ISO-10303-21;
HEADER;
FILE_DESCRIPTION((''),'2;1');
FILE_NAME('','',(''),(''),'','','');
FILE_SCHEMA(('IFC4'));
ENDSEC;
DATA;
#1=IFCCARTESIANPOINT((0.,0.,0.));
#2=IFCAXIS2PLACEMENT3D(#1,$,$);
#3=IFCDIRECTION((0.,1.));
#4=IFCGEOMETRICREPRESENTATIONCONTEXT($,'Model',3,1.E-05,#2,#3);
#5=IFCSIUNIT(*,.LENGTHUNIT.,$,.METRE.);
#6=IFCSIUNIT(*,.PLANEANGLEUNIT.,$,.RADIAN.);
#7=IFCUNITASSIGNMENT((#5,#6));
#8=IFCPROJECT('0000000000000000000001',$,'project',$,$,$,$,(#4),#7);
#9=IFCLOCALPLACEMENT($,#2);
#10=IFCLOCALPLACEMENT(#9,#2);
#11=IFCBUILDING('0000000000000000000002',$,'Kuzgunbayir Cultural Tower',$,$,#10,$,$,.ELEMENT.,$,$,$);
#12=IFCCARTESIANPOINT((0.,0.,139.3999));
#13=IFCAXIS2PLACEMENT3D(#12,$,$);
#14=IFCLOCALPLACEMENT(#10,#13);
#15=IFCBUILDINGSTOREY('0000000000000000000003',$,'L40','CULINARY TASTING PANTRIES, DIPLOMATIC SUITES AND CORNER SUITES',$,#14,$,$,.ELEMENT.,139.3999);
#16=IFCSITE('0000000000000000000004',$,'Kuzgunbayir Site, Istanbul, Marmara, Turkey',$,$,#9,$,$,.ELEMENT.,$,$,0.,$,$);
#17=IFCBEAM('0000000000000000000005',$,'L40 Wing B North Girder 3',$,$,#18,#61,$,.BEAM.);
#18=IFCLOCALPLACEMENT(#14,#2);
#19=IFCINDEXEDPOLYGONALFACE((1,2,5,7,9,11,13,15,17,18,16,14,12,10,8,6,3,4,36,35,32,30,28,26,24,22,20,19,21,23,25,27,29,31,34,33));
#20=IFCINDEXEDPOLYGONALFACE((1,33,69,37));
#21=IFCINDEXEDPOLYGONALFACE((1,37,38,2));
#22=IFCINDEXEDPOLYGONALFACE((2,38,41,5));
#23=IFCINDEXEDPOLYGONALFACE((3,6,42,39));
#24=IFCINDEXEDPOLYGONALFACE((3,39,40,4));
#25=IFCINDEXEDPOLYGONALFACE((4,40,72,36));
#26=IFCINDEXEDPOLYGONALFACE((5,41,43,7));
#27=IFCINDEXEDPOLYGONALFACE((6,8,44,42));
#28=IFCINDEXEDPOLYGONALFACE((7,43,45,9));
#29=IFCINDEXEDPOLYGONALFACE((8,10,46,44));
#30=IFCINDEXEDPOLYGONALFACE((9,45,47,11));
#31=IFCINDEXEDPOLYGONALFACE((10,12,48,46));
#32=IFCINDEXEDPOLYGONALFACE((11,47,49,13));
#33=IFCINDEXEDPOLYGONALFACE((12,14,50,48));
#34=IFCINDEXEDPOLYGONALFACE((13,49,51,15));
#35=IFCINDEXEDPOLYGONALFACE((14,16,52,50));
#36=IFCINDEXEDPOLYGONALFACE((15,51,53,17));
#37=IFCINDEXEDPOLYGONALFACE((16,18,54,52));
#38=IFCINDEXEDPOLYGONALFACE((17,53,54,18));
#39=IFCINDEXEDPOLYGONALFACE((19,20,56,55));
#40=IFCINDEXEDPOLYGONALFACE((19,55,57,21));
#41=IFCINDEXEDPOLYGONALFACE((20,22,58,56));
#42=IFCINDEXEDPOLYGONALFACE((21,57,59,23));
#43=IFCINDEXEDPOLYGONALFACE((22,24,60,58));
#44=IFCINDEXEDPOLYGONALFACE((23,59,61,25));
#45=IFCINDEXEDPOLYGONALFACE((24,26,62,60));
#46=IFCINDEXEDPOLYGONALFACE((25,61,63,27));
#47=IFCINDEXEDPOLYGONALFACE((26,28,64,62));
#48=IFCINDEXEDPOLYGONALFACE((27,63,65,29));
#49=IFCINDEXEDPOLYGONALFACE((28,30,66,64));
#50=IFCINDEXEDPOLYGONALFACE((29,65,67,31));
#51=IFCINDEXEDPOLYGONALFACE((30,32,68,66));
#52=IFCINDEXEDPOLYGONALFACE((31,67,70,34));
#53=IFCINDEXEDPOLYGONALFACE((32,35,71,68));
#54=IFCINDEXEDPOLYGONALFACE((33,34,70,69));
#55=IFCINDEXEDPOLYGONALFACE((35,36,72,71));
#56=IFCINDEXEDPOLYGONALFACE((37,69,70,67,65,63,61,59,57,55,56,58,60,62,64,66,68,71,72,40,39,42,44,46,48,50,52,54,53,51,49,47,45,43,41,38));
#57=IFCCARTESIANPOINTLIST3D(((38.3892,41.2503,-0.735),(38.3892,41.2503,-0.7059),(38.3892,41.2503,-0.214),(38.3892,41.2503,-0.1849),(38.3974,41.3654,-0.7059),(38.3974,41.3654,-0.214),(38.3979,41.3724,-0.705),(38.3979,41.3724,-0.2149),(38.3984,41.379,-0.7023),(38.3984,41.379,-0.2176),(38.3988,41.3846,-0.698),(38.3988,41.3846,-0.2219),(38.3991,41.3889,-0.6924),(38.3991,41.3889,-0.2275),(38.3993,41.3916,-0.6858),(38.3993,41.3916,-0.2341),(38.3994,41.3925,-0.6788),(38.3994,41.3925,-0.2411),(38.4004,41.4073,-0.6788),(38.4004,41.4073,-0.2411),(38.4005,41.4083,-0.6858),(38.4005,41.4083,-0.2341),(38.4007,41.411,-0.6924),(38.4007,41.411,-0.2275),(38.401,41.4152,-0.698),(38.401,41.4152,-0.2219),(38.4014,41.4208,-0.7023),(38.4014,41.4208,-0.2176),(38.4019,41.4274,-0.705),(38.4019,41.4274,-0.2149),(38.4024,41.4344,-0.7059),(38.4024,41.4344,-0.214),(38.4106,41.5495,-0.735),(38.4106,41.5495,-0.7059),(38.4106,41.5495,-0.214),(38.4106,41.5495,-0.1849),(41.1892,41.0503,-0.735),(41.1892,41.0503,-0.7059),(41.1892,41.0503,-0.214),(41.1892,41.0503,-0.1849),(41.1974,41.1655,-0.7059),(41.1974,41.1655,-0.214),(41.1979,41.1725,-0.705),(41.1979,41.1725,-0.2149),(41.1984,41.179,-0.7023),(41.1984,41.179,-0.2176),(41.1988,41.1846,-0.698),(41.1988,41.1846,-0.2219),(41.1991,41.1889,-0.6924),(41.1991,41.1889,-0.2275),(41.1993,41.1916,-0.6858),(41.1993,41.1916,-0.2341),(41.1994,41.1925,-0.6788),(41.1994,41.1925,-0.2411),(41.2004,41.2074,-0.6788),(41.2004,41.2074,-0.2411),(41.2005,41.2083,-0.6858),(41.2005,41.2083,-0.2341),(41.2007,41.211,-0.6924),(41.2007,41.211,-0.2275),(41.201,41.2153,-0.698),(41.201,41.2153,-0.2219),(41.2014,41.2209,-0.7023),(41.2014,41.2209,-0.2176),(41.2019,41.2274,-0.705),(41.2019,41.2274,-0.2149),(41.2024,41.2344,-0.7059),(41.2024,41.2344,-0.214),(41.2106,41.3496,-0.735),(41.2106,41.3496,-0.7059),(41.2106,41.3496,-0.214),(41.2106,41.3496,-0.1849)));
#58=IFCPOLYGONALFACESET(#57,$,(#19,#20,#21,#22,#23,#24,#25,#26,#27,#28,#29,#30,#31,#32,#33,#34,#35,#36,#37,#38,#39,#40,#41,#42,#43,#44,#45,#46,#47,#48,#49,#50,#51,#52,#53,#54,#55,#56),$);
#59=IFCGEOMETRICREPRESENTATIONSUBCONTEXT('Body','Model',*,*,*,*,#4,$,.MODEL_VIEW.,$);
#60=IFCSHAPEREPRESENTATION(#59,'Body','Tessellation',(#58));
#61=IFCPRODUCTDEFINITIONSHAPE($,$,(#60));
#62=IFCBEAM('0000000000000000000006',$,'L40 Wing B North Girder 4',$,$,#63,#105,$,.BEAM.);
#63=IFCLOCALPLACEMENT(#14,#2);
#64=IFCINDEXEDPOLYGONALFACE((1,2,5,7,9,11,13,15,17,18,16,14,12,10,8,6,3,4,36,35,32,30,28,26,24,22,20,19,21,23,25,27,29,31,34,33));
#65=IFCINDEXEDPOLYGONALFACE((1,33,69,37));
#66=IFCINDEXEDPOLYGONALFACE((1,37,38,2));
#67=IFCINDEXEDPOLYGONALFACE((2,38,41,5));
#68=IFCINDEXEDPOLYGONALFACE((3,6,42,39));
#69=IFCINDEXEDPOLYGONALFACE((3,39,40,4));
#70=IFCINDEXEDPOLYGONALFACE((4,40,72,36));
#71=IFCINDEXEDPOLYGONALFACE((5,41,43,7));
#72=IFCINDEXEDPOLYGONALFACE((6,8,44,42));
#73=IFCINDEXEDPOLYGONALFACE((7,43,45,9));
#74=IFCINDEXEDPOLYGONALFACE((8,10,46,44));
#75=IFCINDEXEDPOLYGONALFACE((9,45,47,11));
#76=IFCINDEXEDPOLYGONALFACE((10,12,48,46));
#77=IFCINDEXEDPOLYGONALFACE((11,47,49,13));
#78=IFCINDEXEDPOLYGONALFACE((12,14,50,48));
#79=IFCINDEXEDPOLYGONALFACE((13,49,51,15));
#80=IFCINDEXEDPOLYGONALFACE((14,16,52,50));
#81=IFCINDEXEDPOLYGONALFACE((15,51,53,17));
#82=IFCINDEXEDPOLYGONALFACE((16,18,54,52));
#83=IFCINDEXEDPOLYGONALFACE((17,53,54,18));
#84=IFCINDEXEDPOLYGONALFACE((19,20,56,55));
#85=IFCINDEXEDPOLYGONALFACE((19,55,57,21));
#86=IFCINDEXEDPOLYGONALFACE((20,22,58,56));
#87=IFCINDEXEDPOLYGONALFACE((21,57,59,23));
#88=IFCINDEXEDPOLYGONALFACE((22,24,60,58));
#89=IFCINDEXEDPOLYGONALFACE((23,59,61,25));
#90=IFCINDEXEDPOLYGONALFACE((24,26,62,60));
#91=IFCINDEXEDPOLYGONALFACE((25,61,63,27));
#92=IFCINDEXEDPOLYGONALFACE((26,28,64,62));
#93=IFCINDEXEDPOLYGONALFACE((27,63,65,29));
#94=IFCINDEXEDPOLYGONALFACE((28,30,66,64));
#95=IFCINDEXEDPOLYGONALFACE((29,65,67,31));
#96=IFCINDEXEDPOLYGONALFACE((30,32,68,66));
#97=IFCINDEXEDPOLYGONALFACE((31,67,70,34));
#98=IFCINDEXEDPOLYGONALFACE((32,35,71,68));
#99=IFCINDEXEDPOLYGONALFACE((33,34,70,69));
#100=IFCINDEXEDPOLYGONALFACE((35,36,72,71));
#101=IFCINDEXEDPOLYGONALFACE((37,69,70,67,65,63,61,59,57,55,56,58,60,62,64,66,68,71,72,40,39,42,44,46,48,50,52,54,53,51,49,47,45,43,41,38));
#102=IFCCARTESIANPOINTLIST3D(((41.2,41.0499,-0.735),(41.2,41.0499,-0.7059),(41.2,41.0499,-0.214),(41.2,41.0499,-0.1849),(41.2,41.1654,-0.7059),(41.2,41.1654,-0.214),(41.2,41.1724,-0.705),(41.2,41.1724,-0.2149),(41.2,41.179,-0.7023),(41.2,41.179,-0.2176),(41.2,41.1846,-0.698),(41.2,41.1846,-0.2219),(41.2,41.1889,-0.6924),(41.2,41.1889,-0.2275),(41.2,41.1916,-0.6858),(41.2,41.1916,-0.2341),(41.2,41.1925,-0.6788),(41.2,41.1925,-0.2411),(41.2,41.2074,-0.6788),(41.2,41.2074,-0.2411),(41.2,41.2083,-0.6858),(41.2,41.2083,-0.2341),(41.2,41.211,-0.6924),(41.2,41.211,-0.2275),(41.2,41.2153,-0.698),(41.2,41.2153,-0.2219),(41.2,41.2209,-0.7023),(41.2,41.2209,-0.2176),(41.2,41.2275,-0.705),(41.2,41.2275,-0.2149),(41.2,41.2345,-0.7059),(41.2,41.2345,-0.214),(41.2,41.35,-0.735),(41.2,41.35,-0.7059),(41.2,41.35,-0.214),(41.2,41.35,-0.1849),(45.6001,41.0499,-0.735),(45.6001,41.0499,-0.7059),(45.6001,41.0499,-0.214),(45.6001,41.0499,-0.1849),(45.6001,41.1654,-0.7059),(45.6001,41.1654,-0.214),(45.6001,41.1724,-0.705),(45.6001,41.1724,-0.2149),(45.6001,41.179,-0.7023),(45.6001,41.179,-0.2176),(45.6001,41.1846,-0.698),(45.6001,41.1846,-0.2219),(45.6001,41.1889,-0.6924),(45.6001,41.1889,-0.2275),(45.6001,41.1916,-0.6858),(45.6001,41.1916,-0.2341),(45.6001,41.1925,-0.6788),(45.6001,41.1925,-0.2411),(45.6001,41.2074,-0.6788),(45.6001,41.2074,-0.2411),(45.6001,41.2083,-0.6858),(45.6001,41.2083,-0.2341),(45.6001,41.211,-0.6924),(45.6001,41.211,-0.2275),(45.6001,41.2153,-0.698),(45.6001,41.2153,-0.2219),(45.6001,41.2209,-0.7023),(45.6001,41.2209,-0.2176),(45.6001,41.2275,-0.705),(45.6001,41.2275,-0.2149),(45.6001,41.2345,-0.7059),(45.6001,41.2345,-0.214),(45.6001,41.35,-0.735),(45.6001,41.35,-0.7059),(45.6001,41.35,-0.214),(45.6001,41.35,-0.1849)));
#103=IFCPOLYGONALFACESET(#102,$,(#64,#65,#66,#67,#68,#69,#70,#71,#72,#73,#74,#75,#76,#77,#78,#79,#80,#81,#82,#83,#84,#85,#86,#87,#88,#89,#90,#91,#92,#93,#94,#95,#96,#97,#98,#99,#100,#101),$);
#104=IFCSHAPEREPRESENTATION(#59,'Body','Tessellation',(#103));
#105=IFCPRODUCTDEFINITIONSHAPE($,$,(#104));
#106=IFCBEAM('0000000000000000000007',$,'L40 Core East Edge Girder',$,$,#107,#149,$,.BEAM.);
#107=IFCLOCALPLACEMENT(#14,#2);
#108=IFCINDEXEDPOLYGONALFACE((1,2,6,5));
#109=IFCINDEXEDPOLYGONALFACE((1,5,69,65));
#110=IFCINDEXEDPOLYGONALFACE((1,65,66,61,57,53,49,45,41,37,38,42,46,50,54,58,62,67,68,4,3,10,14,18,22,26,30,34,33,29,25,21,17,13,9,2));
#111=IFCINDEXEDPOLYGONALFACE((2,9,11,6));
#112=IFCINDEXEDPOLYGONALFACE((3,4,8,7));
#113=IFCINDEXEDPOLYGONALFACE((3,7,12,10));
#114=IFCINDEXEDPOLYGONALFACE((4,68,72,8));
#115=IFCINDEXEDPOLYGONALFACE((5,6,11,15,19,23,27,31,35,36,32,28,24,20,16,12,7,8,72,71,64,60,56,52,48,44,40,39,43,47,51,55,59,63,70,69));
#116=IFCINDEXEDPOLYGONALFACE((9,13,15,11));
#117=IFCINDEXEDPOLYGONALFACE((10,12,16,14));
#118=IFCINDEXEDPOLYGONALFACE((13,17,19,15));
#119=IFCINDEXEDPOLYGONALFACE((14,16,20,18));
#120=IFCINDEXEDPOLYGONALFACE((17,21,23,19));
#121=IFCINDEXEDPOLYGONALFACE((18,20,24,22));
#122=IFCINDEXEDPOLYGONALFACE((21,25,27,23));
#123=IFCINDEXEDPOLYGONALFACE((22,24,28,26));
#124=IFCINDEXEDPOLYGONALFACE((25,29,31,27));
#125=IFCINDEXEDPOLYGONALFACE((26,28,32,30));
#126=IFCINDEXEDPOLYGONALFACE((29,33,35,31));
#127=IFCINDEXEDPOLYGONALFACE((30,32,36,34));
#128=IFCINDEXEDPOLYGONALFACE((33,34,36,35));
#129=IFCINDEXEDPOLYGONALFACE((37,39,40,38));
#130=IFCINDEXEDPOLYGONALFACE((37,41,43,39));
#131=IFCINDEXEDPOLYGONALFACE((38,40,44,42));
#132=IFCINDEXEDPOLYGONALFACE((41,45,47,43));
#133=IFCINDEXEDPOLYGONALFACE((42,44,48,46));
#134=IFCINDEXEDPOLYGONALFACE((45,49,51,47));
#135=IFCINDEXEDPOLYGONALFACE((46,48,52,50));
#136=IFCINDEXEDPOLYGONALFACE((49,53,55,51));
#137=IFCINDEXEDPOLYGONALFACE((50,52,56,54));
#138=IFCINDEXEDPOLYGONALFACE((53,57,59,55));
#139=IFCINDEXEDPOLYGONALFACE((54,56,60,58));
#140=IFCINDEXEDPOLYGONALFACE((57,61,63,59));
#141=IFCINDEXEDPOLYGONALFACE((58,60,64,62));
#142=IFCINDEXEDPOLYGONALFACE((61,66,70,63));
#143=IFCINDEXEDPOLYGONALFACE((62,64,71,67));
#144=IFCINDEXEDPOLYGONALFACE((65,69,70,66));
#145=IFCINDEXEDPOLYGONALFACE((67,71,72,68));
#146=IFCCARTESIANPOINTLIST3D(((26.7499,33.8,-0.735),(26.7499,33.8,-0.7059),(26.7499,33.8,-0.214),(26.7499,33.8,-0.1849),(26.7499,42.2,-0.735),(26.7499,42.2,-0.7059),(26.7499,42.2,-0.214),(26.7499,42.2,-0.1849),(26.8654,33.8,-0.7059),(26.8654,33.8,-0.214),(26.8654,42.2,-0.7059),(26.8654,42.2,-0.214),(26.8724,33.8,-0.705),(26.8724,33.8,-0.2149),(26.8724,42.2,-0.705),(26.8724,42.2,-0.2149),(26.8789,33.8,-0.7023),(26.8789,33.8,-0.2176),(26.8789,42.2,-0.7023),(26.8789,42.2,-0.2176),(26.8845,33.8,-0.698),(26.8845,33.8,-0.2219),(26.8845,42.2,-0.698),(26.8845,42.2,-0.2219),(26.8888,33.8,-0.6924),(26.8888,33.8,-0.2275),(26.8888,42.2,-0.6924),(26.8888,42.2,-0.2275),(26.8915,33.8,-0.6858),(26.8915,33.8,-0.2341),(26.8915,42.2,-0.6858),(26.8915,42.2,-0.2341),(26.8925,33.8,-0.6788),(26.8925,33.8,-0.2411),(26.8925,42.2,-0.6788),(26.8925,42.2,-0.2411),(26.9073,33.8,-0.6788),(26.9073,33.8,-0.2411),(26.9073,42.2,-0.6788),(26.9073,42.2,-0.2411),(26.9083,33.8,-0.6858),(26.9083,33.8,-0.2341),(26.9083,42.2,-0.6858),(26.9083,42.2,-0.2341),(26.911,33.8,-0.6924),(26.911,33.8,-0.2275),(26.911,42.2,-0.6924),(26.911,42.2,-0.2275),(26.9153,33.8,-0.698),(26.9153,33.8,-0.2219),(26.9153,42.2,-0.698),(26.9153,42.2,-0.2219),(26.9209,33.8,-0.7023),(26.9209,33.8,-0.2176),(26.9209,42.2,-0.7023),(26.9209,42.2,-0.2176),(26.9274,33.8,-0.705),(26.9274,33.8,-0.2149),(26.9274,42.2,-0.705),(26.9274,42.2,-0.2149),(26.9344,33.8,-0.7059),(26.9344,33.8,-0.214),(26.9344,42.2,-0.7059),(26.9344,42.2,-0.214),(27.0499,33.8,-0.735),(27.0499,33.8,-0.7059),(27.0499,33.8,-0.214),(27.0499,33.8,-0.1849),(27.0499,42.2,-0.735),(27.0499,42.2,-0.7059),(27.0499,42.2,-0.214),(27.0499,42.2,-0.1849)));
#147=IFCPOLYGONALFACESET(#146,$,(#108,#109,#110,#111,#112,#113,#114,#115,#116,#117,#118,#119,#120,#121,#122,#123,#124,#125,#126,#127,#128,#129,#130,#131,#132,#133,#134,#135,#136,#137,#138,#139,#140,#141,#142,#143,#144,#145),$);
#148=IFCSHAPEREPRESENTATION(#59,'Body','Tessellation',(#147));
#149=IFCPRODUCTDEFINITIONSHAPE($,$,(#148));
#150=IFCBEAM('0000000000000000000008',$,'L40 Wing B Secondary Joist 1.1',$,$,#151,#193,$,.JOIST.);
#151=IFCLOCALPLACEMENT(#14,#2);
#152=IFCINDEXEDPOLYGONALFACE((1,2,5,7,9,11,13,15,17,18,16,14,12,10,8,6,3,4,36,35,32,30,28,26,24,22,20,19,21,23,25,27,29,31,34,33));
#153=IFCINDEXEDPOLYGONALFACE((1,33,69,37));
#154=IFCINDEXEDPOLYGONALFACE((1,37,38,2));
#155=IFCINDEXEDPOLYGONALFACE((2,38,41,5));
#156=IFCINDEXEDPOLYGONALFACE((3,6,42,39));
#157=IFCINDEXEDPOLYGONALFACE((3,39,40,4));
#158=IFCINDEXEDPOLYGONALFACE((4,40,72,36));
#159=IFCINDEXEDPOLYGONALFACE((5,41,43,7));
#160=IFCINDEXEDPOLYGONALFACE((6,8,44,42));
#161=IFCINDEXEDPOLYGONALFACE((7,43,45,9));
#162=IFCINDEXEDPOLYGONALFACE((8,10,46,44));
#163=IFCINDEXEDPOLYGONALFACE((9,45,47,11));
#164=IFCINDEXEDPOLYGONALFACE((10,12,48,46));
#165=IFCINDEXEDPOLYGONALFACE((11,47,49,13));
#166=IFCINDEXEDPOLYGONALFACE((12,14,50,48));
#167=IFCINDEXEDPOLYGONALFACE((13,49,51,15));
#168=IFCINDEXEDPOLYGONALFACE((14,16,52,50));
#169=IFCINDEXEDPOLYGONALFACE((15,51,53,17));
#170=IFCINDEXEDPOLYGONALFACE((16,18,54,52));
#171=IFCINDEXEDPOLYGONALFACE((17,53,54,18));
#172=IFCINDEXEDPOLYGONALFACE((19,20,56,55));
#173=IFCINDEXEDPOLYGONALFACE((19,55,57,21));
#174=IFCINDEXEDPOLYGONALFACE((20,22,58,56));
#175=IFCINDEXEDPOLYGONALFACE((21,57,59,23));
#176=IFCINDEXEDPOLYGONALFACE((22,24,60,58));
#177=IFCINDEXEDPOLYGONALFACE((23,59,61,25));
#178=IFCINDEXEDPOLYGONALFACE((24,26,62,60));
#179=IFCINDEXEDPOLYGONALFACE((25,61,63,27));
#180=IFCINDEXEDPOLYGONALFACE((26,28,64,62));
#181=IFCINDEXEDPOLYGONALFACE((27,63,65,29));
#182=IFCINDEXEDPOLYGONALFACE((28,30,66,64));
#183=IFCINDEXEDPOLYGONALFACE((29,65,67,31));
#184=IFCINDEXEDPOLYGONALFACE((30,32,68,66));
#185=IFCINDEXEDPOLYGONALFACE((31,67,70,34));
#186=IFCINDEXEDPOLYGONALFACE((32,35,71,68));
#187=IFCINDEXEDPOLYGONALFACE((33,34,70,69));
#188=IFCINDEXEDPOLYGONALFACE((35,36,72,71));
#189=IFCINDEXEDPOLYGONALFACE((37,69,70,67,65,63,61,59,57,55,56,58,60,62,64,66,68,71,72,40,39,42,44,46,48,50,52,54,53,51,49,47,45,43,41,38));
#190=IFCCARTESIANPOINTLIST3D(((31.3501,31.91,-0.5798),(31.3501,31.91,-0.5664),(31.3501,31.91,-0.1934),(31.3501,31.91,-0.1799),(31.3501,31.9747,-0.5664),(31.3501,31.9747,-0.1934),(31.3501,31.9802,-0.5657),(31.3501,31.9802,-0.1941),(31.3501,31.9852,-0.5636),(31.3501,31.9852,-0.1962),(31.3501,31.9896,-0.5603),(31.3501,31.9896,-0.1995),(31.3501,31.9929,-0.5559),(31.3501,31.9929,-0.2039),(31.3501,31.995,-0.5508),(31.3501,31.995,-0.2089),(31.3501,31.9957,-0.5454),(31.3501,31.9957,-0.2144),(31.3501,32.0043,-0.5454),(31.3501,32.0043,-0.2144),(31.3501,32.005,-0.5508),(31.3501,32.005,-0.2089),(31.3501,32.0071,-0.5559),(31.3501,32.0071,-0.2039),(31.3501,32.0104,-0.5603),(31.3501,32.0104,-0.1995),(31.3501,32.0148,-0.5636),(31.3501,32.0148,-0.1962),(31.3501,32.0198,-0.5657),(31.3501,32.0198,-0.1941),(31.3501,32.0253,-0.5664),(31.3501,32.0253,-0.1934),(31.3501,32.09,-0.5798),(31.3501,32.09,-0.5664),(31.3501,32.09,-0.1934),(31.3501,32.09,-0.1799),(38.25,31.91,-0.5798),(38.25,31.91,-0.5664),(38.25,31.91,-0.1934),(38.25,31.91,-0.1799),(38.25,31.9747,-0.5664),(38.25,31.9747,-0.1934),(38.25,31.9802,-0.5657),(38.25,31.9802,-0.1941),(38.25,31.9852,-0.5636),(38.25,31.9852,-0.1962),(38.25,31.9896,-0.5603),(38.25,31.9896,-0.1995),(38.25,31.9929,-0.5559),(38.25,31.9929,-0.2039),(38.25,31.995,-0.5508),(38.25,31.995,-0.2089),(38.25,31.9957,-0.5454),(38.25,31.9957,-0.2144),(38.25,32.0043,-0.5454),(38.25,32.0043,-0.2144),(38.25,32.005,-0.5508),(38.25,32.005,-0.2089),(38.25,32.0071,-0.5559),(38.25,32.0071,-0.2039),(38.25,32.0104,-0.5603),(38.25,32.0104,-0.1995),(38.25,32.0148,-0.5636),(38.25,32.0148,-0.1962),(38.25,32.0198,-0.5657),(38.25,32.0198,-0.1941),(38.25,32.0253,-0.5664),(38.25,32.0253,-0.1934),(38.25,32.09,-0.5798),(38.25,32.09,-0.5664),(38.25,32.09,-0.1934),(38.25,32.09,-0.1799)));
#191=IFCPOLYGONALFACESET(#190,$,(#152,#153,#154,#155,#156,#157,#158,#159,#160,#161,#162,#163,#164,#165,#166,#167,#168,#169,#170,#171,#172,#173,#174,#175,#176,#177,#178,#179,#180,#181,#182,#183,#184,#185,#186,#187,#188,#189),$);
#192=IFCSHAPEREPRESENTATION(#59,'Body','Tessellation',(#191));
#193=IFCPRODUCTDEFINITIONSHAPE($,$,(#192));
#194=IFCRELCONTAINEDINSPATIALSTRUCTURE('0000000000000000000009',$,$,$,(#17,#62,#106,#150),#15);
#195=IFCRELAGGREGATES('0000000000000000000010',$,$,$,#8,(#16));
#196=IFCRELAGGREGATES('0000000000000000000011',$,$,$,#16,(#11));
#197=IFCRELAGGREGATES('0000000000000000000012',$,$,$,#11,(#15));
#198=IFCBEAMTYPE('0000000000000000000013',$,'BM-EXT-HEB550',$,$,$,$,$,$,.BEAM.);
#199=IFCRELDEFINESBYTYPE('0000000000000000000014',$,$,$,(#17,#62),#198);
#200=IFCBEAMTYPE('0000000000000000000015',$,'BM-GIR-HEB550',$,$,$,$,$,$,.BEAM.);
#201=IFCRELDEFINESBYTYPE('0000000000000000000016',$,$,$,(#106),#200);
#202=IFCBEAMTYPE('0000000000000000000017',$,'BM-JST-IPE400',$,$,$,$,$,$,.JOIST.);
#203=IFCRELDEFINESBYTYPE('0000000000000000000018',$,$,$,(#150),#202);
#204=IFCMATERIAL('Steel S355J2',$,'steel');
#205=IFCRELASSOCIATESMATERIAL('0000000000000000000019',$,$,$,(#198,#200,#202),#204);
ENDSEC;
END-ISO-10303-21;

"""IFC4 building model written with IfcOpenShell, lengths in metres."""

from ifc_helpers import new_model, si_unit, direction, frame, origin, origin_2d, place, context, subcontext, project, spatial, i_section, extrude, material, material_profile, profile_set, type_object, element, save


model = new_model("IFC4")

# Units and contexts
model_context = context("Model", 3, precision=1e-05, world=origin(), true_north=direction((0.0, 1.0)))
body_context = subcontext(model_context, "Body", "Model", "MODEL_VIEW")
ifc_project = project(units=[si_unit("LENGTHUNIT", "METRE"), si_unit("PLANEANGLEUNIT", "RADIAN")], contexts=[model_context])

# Site, building, storey
site_placement = place(None, origin())
site = spatial("IfcSite", under=ifc_project, at=site_placement, Name="Kuzgunbayir Site, Istanbul, Marmara, Turkey", CompositionType="ELEMENT", RefElevation=0.0)
building_placement = place(site_placement, origin())
building = spatial("IfcBuilding", under=site, at=building_placement, Name="Kuzgunbayir Cultural Tower", CompositionType="ELEMENT")
storey_placement = place(building_placement, frame((0.0, 0.0, 139.3999)))
storey = spatial("IfcBuildingStorey", under=building, at=storey_placement, Name="L40", Description="CULINARY TASTING PANTRIES, DIPLOMATIC SUITES AND CORNER SUITES", CompositionType="ELEMENT", Elevation=139.3999)

# Beams
ifc_material_1 = material(Name="Steel S355J2", Category="steel")
ifc_material_profile_1 = material_profile(ifc_material_1, i_section(OverallWidth=0.3, OverallDepth=0.55, WebThickness=0.0149, FlangeThickness=0.0291, FilletRadius=0.0271, at=origin_2d()), Name="HEB 550")
ifc_profile_set_1 = profile_set([ifc_material_profile_1], Name="Steel S355J2")
beam_type_1 = type_object("IfcBeamType", Name="BM-EXT-HEB550", PredefinedType="BEAM", material=ifc_profile_set_1)
beam_1_placement = place(storey_placement, frame((38.3999, 41.3999, -0.46), z_axis=(0.99746, -0.071229, 0.0), x_axis=(0.071229, 0.99746, 0.0)))
element("IfcBeam", 1, at=beam_1_placement, inside=storey, type_object=beam_type_1, Name="L40 Wing B North Girder 3", PredefinedType="BEAM", context=body_context, shape_type="SweptSolid", body=[
    extrude(i_section(OverallWidth=0.3, OverallDepth=0.55, WebThickness=0.0149, FlangeThickness=0.0291, FilletRadius=0.0271, at=origin_2d()), origin(), (0.0, 0.0, 1.0), 2.8071),
])
beam_2_placement = place(storey_placement, frame((41.2, 41.2, -0.46), z_axis=(1.0, 0.0, 0.0), x_axis=(0.0, 1.0, 0.0)))
element("IfcBeam", 2, at=beam_2_placement, inside=storey, type_object=beam_type_1, Name="L40 Wing B North Girder 4", PredefinedType="BEAM", context=body_context, shape_type="SweptSolid", body=[
    extrude(i_section(OverallWidth=0.3, OverallDepth=0.55, WebThickness=0.0149, FlangeThickness=0.0291, FilletRadius=0.0271, at=origin_2d()), origin(), (0.0, 0.0, 1.0), 4.4001),
])
ifc_material_profile_2 = material_profile(ifc_material_1, i_section(OverallWidth=0.3, OverallDepth=0.55, WebThickness=0.0149, FlangeThickness=0.0291, FilletRadius=0.0271, at=origin_2d()), Name="HEB 550")
ifc_profile_set_2 = profile_set([ifc_material_profile_2], Name="Steel S355J2")
beam_type_2 = type_object("IfcBeamType", Name="BM-GIR-HEB550", PredefinedType="BEAM", material=ifc_profile_set_2)
beam_3_placement = place(storey_placement, frame((26.8999, 33.8, -0.46), z_axis=(0.0, 1.0, 0.0), x_axis=(-1.0, 0.0, 0.0)))
element("IfcBeam", 3, at=beam_3_placement, inside=storey, type_object=beam_type_2, Name="L40 Core East Edge Girder", PredefinedType="BEAM", context=body_context, shape_type="SweptSolid", body=[
    extrude(i_section(OverallWidth=0.3, OverallDepth=0.55, WebThickness=0.0149, FlangeThickness=0.0291, FilletRadius=0.0271, at=origin_2d()), origin(), (0.0, 0.0, 1.0), 8.3999),
])
ifc_material_profile_3 = material_profile(ifc_material_1, i_section(OverallWidth=0.1799, OverallDepth=0.3999, WebThickness=0.0085, FlangeThickness=0.0134, FilletRadius=0.021, at=origin_2d()), Name="IPE 400")
ifc_profile_set_3 = profile_set([ifc_material_profile_3], Name="Steel S355J2")
beam_type_3 = type_object("IfcBeamType", Name="BM-JST-IPE400", PredefinedType="JOIST", material=ifc_profile_set_3)
for number, where, z_axis, x_axis, name in (
    (4, (31.3501, 32.0, -0.3799), (1.0, 0.0, 0.0), (0.0, 1.0, 0.0), "L40 Wing B Secondary Joist 1.1"),
):
    element("IfcBeam", number, at=place(storey_placement, frame(where, z_axis=z_axis, x_axis=x_axis)), inside=storey, type_object=beam_type_3, Name=name, PredefinedType="JOIST", context=body_context, shape_type="SweptSolid", body=[
        extrude(i_section(OverallWidth=0.1799, OverallDepth=0.3999, WebThickness=0.0085, FlangeThickness=0.0134, FilletRadius=0.021, at=origin_2d()), origin(), (0.0, 0.0, 1.0), 6.8999),
    ])

save(model, "model.ifc")
